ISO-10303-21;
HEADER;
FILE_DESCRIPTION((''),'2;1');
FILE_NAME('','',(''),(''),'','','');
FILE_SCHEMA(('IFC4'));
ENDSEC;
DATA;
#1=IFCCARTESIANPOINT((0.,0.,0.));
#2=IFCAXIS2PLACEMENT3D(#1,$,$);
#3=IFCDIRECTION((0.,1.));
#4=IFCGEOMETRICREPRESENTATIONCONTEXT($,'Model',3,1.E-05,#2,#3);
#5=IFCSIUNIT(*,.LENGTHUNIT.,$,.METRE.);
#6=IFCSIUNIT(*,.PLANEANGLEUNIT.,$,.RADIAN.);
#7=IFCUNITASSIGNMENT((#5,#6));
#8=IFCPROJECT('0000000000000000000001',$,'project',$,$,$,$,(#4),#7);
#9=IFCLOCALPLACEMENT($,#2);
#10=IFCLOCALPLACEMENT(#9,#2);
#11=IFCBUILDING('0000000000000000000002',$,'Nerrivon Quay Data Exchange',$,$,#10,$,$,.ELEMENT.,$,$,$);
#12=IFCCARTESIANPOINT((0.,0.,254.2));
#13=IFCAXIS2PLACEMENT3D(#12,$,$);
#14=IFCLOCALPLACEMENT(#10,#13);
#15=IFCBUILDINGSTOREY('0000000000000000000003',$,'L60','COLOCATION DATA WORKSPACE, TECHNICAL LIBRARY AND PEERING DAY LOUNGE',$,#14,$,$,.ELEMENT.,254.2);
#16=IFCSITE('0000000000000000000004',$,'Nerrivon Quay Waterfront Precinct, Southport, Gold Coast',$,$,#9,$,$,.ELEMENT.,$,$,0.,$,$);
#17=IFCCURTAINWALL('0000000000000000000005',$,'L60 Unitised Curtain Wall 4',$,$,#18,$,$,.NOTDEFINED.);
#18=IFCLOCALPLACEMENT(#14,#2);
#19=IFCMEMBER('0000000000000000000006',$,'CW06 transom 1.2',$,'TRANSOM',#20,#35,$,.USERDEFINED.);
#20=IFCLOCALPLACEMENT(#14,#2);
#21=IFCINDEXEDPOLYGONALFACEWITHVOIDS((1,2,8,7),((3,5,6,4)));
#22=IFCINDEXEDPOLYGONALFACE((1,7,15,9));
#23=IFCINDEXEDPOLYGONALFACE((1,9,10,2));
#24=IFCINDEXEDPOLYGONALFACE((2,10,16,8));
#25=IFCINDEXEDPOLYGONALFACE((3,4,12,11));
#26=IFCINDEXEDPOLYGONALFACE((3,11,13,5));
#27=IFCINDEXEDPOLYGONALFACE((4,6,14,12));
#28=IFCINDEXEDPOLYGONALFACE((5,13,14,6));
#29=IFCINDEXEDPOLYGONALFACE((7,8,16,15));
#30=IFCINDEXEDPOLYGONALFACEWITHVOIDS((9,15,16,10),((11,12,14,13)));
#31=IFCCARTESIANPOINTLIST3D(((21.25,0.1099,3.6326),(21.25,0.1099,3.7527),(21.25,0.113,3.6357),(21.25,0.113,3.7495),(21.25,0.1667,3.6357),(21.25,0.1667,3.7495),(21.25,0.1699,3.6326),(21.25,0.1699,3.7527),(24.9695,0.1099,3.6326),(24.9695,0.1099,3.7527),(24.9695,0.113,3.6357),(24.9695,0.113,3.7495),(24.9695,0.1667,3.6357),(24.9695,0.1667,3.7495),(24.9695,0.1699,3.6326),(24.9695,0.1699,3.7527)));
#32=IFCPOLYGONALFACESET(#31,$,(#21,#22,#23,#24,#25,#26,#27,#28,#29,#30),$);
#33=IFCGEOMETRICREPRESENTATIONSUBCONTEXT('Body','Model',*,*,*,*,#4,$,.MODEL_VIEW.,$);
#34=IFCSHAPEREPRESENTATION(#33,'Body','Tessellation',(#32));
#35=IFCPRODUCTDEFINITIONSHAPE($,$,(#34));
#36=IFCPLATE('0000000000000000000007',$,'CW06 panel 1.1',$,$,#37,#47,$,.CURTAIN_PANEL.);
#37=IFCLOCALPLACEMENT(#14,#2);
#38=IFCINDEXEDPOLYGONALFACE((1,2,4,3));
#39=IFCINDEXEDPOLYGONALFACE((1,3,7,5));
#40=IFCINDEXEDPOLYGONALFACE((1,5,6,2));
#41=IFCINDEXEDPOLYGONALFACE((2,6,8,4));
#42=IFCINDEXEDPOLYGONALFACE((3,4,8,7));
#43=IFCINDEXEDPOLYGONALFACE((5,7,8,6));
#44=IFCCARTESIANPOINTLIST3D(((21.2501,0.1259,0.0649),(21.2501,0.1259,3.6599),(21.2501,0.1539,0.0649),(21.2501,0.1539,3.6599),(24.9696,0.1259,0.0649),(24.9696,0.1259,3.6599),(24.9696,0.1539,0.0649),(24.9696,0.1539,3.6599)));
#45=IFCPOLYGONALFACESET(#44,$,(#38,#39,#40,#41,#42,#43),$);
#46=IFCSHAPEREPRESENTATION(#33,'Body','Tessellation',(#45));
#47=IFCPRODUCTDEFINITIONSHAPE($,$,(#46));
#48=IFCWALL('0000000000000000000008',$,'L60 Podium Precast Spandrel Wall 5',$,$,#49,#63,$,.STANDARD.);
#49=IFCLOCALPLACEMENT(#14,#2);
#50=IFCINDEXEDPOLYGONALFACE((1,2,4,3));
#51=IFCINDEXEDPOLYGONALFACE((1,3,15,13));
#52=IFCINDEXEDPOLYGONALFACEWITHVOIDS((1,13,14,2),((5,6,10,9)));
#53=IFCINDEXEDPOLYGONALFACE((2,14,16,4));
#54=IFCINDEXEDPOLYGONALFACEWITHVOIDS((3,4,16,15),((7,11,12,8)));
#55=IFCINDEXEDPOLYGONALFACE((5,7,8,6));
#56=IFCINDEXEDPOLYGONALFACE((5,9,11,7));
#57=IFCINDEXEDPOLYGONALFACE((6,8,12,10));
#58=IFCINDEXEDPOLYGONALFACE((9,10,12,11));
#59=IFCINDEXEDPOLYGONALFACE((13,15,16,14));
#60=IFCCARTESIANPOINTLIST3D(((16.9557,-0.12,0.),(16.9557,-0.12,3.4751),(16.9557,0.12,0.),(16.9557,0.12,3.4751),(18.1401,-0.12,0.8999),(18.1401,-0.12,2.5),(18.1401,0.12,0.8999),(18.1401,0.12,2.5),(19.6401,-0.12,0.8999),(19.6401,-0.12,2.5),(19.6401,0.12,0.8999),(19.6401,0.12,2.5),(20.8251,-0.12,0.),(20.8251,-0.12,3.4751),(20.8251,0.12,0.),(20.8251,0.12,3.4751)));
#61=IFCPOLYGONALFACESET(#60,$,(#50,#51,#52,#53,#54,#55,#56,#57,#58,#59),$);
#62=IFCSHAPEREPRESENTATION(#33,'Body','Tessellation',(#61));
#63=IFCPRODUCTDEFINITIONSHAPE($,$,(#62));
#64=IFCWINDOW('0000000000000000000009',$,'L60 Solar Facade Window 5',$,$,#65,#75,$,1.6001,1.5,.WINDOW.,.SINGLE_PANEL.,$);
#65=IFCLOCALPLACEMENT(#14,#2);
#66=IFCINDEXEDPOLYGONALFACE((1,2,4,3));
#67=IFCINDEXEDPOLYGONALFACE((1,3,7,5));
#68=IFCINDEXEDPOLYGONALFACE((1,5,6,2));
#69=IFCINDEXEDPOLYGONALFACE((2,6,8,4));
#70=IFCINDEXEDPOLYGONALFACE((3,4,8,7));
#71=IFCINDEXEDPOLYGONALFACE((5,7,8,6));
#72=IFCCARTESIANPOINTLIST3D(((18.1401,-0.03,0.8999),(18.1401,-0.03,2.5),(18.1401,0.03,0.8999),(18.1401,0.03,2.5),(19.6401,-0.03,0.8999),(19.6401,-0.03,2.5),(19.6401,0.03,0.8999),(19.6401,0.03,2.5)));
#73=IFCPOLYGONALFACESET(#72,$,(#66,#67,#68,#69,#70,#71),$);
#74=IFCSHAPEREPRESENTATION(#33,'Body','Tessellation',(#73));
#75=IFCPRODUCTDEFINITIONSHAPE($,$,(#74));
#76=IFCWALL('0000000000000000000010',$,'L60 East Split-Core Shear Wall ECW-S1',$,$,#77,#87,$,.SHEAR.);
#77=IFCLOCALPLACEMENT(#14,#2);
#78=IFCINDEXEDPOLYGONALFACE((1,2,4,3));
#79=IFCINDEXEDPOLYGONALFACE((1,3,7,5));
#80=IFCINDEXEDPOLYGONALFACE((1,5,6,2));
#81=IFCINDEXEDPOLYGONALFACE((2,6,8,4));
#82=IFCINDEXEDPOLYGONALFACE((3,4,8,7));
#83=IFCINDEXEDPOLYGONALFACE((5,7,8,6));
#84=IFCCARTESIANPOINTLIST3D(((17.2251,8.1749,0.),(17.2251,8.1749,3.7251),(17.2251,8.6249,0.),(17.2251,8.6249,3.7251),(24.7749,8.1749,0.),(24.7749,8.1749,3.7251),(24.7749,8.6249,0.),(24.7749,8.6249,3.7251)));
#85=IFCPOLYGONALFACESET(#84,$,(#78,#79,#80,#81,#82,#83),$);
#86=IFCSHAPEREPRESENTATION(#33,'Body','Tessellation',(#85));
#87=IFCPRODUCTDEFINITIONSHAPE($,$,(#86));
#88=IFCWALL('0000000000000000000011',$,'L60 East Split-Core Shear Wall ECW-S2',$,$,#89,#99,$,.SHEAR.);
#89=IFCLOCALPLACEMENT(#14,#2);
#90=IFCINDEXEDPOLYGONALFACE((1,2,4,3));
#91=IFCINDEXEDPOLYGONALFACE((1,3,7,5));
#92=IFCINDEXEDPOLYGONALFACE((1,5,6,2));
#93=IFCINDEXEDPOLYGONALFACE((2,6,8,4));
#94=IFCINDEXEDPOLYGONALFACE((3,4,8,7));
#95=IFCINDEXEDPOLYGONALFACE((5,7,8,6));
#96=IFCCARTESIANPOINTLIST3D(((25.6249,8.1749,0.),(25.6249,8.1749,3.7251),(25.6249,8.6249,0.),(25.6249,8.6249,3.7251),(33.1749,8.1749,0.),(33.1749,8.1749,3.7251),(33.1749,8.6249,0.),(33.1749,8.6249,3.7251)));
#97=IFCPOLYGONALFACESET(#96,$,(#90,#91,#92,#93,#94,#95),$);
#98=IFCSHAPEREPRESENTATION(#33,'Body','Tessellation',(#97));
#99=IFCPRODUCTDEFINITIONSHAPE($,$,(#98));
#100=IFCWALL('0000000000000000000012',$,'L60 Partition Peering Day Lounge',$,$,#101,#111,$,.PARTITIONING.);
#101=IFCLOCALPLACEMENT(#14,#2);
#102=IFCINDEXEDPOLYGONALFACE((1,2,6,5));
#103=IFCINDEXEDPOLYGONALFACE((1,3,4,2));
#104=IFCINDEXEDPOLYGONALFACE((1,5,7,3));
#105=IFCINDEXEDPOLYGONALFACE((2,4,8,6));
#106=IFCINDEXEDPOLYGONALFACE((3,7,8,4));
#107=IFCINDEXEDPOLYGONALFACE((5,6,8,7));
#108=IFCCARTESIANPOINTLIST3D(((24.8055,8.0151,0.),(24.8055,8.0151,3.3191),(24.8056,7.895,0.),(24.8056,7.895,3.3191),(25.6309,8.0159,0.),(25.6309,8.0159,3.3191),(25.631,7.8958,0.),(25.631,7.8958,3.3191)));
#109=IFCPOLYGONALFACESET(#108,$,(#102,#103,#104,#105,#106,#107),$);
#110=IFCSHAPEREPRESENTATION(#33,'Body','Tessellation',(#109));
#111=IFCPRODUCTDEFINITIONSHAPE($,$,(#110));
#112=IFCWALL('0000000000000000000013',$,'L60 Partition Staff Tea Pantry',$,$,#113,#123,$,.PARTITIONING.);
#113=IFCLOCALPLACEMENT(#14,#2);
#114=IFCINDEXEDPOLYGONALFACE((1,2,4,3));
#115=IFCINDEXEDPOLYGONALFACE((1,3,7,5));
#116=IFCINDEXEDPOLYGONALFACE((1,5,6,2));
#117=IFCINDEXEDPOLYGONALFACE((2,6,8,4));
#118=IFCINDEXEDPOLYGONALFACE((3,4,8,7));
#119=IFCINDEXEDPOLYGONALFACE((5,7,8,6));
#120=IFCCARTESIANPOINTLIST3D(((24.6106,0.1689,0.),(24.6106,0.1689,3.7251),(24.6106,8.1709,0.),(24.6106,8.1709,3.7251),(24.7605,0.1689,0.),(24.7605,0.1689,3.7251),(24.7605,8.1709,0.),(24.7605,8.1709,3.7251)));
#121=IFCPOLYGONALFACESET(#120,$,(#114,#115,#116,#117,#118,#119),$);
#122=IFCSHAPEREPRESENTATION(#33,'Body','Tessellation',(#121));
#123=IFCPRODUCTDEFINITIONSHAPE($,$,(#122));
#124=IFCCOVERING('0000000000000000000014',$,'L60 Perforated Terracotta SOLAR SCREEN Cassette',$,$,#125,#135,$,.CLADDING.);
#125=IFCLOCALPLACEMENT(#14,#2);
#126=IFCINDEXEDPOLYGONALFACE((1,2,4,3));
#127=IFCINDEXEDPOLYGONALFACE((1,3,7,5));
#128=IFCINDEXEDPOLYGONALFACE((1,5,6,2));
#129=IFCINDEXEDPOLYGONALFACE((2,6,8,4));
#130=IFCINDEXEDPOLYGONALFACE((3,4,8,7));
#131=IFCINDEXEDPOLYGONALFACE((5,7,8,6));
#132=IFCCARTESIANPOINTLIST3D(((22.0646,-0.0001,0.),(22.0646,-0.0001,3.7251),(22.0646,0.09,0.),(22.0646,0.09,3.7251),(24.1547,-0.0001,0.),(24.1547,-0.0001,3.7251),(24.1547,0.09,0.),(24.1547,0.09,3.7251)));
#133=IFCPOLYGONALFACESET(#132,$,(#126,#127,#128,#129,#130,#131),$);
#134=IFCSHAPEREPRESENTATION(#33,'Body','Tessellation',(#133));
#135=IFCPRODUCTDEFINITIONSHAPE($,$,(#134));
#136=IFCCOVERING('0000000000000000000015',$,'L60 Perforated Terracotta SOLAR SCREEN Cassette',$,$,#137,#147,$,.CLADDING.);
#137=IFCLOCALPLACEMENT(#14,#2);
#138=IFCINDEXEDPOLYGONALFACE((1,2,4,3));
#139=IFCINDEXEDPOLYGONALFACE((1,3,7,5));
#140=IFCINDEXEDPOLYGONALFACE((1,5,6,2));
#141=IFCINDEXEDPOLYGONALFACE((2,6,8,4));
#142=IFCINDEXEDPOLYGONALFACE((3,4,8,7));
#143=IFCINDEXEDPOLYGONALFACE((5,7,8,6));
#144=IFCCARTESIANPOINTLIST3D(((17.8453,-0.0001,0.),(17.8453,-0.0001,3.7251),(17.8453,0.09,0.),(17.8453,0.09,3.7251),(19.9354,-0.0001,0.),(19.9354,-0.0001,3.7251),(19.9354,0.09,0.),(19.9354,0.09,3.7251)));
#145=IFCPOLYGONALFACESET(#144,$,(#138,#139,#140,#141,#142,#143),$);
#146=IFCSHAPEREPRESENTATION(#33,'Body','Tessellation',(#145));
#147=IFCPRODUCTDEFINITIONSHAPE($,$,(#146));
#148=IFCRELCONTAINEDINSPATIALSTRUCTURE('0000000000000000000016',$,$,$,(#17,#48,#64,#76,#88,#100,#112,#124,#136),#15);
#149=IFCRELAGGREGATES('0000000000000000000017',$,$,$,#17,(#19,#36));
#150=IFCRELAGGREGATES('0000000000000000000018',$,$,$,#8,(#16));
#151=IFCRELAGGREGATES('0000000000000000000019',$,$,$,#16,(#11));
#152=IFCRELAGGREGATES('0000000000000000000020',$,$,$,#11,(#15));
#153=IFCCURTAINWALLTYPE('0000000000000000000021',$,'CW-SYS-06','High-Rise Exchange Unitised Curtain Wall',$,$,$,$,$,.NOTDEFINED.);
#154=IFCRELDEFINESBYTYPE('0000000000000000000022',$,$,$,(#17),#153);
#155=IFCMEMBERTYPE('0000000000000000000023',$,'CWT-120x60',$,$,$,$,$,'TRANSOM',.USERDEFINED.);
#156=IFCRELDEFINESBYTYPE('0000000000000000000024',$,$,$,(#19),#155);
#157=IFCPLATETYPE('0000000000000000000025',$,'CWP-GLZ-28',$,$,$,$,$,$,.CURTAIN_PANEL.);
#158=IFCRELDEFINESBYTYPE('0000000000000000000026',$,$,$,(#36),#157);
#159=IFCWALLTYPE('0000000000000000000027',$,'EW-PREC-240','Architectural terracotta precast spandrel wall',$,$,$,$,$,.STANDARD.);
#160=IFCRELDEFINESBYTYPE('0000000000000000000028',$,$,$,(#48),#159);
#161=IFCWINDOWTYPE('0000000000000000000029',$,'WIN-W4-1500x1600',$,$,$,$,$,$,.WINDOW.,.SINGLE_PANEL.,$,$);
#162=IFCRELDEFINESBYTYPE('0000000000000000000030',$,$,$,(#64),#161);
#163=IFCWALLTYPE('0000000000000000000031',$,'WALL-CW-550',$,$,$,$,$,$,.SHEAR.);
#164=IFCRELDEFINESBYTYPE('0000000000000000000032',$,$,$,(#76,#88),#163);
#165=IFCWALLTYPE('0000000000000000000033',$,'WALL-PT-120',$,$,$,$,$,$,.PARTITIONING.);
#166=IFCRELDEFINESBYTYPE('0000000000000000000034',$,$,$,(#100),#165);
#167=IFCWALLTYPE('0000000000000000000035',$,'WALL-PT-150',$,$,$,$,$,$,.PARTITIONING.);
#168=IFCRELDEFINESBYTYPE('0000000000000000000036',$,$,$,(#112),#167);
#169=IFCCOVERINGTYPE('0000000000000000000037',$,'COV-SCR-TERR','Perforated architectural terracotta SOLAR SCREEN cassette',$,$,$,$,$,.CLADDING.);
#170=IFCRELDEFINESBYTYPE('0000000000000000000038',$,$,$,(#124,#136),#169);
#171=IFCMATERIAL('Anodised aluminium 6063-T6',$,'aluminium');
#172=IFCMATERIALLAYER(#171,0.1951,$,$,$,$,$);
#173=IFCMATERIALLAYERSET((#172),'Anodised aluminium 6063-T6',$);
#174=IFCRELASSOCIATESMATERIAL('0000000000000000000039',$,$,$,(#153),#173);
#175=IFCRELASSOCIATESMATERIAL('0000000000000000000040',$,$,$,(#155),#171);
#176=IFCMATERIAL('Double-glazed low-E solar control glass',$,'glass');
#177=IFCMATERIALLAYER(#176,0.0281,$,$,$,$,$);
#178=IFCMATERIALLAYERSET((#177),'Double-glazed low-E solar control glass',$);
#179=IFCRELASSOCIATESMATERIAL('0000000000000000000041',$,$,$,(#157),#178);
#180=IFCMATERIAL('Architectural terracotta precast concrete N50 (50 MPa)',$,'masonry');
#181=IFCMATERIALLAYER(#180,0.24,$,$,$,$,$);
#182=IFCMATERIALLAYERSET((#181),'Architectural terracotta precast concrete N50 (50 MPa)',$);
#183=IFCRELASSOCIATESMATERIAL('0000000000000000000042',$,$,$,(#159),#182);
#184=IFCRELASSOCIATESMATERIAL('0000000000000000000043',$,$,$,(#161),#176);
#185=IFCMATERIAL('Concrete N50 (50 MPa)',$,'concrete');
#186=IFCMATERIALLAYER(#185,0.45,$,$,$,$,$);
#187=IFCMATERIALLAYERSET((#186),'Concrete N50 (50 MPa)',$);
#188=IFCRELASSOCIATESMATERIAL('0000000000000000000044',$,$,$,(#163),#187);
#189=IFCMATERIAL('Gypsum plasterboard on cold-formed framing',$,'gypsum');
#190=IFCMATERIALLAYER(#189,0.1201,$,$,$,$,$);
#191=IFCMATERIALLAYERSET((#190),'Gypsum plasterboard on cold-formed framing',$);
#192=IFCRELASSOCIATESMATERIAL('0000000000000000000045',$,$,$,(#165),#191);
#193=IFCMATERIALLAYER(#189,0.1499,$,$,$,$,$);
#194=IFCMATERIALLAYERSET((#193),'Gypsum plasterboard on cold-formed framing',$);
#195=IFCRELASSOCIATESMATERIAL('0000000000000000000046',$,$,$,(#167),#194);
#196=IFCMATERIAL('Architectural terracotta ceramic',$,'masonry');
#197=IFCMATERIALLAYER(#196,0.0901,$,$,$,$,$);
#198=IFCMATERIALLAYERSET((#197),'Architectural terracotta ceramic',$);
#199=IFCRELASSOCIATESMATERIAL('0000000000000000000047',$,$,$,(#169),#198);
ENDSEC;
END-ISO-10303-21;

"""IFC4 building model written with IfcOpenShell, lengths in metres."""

from ifc_helpers import new_model, si_unit, direction, frame, frame_2d, origin, origin_2d, place, context, subcontext, project, spatial, rectangle, hollow_rectangle, extrude, material, layer, layer_set, material_profile, profile_set, type_object, element, fill, aggregate, save


model = new_model("IFC4")

# Units and contexts
model_context = context("Model", 3, precision=1e-05, world=origin(), true_north=direction((0.0, 1.0)))
body_context = subcontext(model_context, "Body", "Model", "MODEL_VIEW")
ifc_project = project(units=[si_unit("LENGTHUNIT", "METRE"), si_unit("PLANEANGLEUNIT", "RADIAN")], contexts=[model_context])

# Site, building, storey
site_placement = place(None, origin())
site = spatial("IfcSite", under=ifc_project, at=site_placement, Name="Nerrivon Quay Waterfront Precinct, Southport, Gold Coast", CompositionType="ELEMENT", RefElevation=0.0)
building_placement = place(site_placement, origin())
building = spatial("IfcBuilding", under=site, at=building_placement, Name="Nerrivon Quay Data Exchange", CompositionType="ELEMENT")
storey_placement = place(building_placement, frame((0.0, 0.0, 254.2)))
storey = spatial("IfcBuildingStorey", under=building, at=storey_placement, Name="L60", Description="COLOCATION DATA WORKSPACE, TECHNICAL LIBRARY AND PEERING DAY LOUNGE", CompositionType="ELEMENT", Elevation=254.2)

# Shared definitions
ifc_material_1 = material(Name="Concrete N50 (50 MPa)", Category="concrete")

# Curtain wall, member, plate
ifc_material_2 = material(Name="Anodised aluminium 6063-T6", Category="aluminium")
ifc_layer_1 = layer(ifc_material_2, 0.1951)
ifc_layer_set_1 = layer_set([ifc_layer_1], Name="Anodised aluminium 6063-T6")
curtain_wall_type = type_object("IfcCurtainWallType", Name="CW-SYS-06", Description="High-Rise Exchange Unitised Curtain Wall", PredefinedType="NOTDEFINED", material=ifc_layer_set_1)
curtain_wall_placement = place(storey_placement, origin())
curtain_wall = element("IfcCurtainWall", 1, at=curtain_wall_placement, inside=storey, type_object=curtain_wall_type, Name="L60 Unitised Curtain Wall 4", PredefinedType="NOTDEFINED")
ifc_material_profile_1 = material_profile(ifc_material_2, hollow_rectangle(XDim=0.0601, YDim=0.1201, WallThickness=0.0032, at=origin_2d()), Name="ALU-TRAN-120x60")
ifc_profile_set_1 = profile_set([ifc_material_profile_1], Name="Anodised aluminium 6063-T6")
member_type_1 = type_object("IfcMemberType", Name="CWT-120x60", ElementType="TRANSOM", PredefinedType="USERDEFINED", material=ifc_profile_set_1)
member_1_placement = place(storey_placement, frame((24.9695, 0.1399, 3.6926), z_axis=(-1.0, 0.0, 0.0), x_axis=(0.0, -1.0, 0.0)))
member_1 = element("IfcMember", 2, at=member_1_placement, type_object=member_type_1, Name="CW06 transom 1.2", ObjectType="TRANSOM", PredefinedType="USERDEFINED", context=body_context, shape_type="SweptSolid", body=[
    extrude(hollow_rectangle(XDim=0.0601, YDim=0.1201, WallThickness=0.0032, at=origin_2d()), origin(), (0.0, 0.0, 1.0), 3.7195),
])
ifc_material_3 = material(Name="Double-glazed low-E solar control glass", Category="glass")
ifc_layer_2 = layer(ifc_material_3, 0.0281)
ifc_layer_set_2 = layer_set([ifc_layer_2], Name="Double-glazed low-E solar control glass")
plate_type = type_object("IfcPlateType", Name="CWP-GLZ-28", PredefinedType="CURTAIN_PANEL", material=ifc_layer_set_2)
plate_placement = place(storey_placement, frame((23.1099, 0.1399, 0.0649), z_axis=(0.0, 0.0, 1.0), x_axis=(-1.0, 0.0, 0.0)))
plate = element("IfcPlate", 3, at=plate_placement, type_object=plate_type, Name="CW06 panel 1.1", PredefinedType="CURTAIN_PANEL", context=body_context, shape_type="SweptSolid", body=[
    extrude(rectangle(XDim=3.7195, YDim=0.0281, at=origin_2d()), origin(), (0.0, 0.0, 1.0), 3.595),
])
aggregate(curtain_wall, [member_1, plate])

# Wall, opening, window
ifc_material_4 = material(Name="Architectural terracotta precast concrete N50 (50 MPa)", Category="masonry")
ifc_layer_3 = layer(ifc_material_4, 0.24)
ifc_layer_set_3 = layer_set([ifc_layer_3], Name="Architectural terracotta precast concrete N50 (50 MPa)")
wall_type_1 = type_object("IfcWallType", Name="EW-PREC-240", Description="Architectural terracotta precast spandrel wall", PredefinedType="STANDARD", material=ifc_layer_set_3)
wall_1_placement = place(storey_placement, frame((20.825, 0.0, 0.0), z_axis=(0.0, 0.0, 1.0), x_axis=(-1.0, 0.0, 0.0)))
wall_1 = element("IfcWall", 4, at=wall_1_placement, inside=storey, type_object=wall_type_1, Name="L60 Podium Precast Spandrel Wall 5", PredefinedType="STANDARD", context=body_context, shape_type="SweptSolid", body=[
    extrude(rectangle(XDim=3.8694, YDim=0.24, at=frame_2d((1.9346, 0.0))), origin(), (0.0, 0.0, 1.0), 3.4751),
])
opening_1_placement = place(wall_1_placement, frame((1.1848, 0.0, 0.8999)))
opening_1 = element("IfcOpeningElement", 5, at=opening_1_placement, cuts=wall_1, PredefinedType="OPENING", context=body_context, shape_type="SweptSolid", body=[
    extrude(rectangle(XDim=1.5, YDim=1.6001, at=frame_2d((0.75, 0.8))), frame((0.0, 0.1299, 0.0), z_axis=(0.0, -1.0, 0.0), x_axis=(1.0, 0.0, 0.0)), (0.0, 0.0, 1.0), 0.26),
])
window_type = type_object("IfcWindowType", Name="WIN-W4-1500x1600", PartitioningType="SINGLE_PANEL", PredefinedType="WINDOW", material=ifc_material_3)
window_placement = place(opening_1_placement, origin())
window = element("IfcWindow", 6, at=window_placement, inside=storey, type_object=window_type, Name="L60 Solar Facade Window 5", OverallHeight=1.6001, OverallWidth=1.5, PartitioningType="SINGLE_PANEL", PredefinedType="WINDOW", context=body_context, shape_type="SweptSolid", body=[
    extrude(rectangle(XDim=1.5, YDim=1.6001, at=frame_2d((0.75, 0.8))), frame((0.0, 0.03, 0.0), z_axis=(0.0, -1.0, 0.0), x_axis=(1.0, 0.0, 0.0)), (0.0, 0.0, 1.0), 0.0601),
])
fill(opening_1, window)

# Walls
ifc_layer_4 = layer(ifc_material_1, 0.45)
ifc_layer_set_4 = layer_set([ifc_layer_4], Name="Concrete N50 (50 MPa)")
wall_type_2 = type_object("IfcWallType", Name="WALL-CW-550", PredefinedType="SHEAR", material=ifc_layer_set_4)
wall_2_placement = place(storey_placement, frame((17.2251, 8.3999, 0.0), z_axis=(0.0, 0.0, 1.0), x_axis=(1.0, 0.0, 0.0)))
element("IfcWall", 7, at=wall_2_placement, inside=storey, type_object=wall_type_2, Name="L60 East Split-Core Shear Wall ECW-S1", PredefinedType="SHEAR", context=body_context, shape_type="SweptSolid", body=[
    extrude(rectangle(XDim=7.5498, YDim=0.45, at=frame_2d((3.7749, 0.0))), origin(), (0.0, 0.0, 1.0), 3.7251),
])
wall_3_placement = place(storey_placement, frame((25.625, 8.3999, 0.0), z_axis=(0.0, 0.0, 1.0), x_axis=(1.0, 0.0, 0.0)))
element("IfcWall", 8, at=wall_3_placement, inside=storey, type_object=wall_type_2, Name="L60 East Split-Core Shear Wall ECW-S2", PredefinedType="SHEAR", context=body_context, shape_type="SweptSolid", body=[
    extrude(rectangle(XDim=7.55, YDim=0.45, at=frame_2d((3.7749, 0.0))), origin(), (0.0, 0.0, 1.0), 3.7251),
])

# Shared definitions
ifc_material_5 = material(Name="Gypsum plasterboard on cold-formed framing", Category="gypsum")
ifc_layer_5 = layer(ifc_material_5, 0.1201)
ifc_layer_set_5 = layer_set([ifc_layer_5], Name="Gypsum plasterboard on cold-formed framing")
wall_type_3 = type_object("IfcWallType", Name="WALL-PT-120", PredefinedType="PARTITIONING", material=ifc_layer_set_5)

# Walls
wall_4_placement = place(storey_placement, frame((25.6309, 7.9558, 0.0), z_axis=(0.0, 0.0, 1.0), x_axis=(-1.0, -0.000887, 0.0)))
element("IfcWall", 9, at=wall_4_placement, inside=storey, type_object=wall_type_3, Name="L60 Partition Peering Day Lounge", PredefinedType="PARTITIONING", context=body_context, shape_type="SweptSolid", body=[
    extrude(rectangle(XDim=0.8254, YDim=0.1201, at=frame_2d((0.4126, 0.0))), origin(), (0.0, 0.0, 1.0), 3.3191),
])
ifc_layer_6 = layer(ifc_material_5, 0.1499)
ifc_layer_set_6 = layer_set([ifc_layer_6], Name="Gypsum plasterboard on cold-formed framing")
wall_type_4 = type_object("IfcWallType", Name="WALL-PT-150", PredefinedType="PARTITIONING", material=ifc_layer_set_6)
wall_5_placement = place(storey_placement, frame((24.6855, 0.1689, 0.0), z_axis=(0.0, 0.0, 1.0), x_axis=(0.0, 1.0, 0.0)))
element("IfcWall", 10, at=wall_5_placement, inside=storey, type_object=wall_type_4, Name="L60 Partition Staff Tea Pantry", PredefinedType="PARTITIONING", context=body_context, shape_type="SweptSolid", body=[
    extrude(rectangle(XDim=8.002, YDim=0.1499, at=frame_2d((4.001, 0.0))), origin(), (0.0, 0.0, 1.0), 3.7251),
])

# Coverings
ifc_material_6 = material(Name="Architectural terracotta ceramic", Category="masonry")
ifc_layer_7 = layer(ifc_material_6, 0.0901)
ifc_layer_set_7 = layer_set([ifc_layer_7], Name="Architectural terracotta ceramic")
covering_type = type_object("IfcCoveringType", Name="COV-SCR-TERR", Description="Perforated architectural terracotta SOLAR SCREEN cassette", PredefinedType="CLADDING", material=ifc_layer_set_7)
for number, where, z_axis, x_axis, name in (
    (11, (23.1096, 0.0449, 0.0), (0.0, 0.0, 1.0), (-1.0, 0.0, 0.0), "L60 Perforated Terracotta SOLAR SCREEN Cassette"),
    (12, (18.8904, 0.0449, 0.0), (0.0, 0.0, 1.0), (-1.0, 0.0, 0.0), "L60 Perforated Terracotta SOLAR SCREEN Cassette"),
):
    element("IfcCovering", number, at=place(storey_placement, frame(where, z_axis=z_axis, x_axis=x_axis)), inside=storey, type_object=covering_type, Name=name, PredefinedType="CLADDING", context=body_context, shape_type="SweptSolid", body=[
        extrude(rectangle(XDim=2.0901, YDim=0.0901, at=origin_2d()), origin(), (0.0, 0.0, 1.0), 3.7251),
    ])

save(model, "model.ifc")
